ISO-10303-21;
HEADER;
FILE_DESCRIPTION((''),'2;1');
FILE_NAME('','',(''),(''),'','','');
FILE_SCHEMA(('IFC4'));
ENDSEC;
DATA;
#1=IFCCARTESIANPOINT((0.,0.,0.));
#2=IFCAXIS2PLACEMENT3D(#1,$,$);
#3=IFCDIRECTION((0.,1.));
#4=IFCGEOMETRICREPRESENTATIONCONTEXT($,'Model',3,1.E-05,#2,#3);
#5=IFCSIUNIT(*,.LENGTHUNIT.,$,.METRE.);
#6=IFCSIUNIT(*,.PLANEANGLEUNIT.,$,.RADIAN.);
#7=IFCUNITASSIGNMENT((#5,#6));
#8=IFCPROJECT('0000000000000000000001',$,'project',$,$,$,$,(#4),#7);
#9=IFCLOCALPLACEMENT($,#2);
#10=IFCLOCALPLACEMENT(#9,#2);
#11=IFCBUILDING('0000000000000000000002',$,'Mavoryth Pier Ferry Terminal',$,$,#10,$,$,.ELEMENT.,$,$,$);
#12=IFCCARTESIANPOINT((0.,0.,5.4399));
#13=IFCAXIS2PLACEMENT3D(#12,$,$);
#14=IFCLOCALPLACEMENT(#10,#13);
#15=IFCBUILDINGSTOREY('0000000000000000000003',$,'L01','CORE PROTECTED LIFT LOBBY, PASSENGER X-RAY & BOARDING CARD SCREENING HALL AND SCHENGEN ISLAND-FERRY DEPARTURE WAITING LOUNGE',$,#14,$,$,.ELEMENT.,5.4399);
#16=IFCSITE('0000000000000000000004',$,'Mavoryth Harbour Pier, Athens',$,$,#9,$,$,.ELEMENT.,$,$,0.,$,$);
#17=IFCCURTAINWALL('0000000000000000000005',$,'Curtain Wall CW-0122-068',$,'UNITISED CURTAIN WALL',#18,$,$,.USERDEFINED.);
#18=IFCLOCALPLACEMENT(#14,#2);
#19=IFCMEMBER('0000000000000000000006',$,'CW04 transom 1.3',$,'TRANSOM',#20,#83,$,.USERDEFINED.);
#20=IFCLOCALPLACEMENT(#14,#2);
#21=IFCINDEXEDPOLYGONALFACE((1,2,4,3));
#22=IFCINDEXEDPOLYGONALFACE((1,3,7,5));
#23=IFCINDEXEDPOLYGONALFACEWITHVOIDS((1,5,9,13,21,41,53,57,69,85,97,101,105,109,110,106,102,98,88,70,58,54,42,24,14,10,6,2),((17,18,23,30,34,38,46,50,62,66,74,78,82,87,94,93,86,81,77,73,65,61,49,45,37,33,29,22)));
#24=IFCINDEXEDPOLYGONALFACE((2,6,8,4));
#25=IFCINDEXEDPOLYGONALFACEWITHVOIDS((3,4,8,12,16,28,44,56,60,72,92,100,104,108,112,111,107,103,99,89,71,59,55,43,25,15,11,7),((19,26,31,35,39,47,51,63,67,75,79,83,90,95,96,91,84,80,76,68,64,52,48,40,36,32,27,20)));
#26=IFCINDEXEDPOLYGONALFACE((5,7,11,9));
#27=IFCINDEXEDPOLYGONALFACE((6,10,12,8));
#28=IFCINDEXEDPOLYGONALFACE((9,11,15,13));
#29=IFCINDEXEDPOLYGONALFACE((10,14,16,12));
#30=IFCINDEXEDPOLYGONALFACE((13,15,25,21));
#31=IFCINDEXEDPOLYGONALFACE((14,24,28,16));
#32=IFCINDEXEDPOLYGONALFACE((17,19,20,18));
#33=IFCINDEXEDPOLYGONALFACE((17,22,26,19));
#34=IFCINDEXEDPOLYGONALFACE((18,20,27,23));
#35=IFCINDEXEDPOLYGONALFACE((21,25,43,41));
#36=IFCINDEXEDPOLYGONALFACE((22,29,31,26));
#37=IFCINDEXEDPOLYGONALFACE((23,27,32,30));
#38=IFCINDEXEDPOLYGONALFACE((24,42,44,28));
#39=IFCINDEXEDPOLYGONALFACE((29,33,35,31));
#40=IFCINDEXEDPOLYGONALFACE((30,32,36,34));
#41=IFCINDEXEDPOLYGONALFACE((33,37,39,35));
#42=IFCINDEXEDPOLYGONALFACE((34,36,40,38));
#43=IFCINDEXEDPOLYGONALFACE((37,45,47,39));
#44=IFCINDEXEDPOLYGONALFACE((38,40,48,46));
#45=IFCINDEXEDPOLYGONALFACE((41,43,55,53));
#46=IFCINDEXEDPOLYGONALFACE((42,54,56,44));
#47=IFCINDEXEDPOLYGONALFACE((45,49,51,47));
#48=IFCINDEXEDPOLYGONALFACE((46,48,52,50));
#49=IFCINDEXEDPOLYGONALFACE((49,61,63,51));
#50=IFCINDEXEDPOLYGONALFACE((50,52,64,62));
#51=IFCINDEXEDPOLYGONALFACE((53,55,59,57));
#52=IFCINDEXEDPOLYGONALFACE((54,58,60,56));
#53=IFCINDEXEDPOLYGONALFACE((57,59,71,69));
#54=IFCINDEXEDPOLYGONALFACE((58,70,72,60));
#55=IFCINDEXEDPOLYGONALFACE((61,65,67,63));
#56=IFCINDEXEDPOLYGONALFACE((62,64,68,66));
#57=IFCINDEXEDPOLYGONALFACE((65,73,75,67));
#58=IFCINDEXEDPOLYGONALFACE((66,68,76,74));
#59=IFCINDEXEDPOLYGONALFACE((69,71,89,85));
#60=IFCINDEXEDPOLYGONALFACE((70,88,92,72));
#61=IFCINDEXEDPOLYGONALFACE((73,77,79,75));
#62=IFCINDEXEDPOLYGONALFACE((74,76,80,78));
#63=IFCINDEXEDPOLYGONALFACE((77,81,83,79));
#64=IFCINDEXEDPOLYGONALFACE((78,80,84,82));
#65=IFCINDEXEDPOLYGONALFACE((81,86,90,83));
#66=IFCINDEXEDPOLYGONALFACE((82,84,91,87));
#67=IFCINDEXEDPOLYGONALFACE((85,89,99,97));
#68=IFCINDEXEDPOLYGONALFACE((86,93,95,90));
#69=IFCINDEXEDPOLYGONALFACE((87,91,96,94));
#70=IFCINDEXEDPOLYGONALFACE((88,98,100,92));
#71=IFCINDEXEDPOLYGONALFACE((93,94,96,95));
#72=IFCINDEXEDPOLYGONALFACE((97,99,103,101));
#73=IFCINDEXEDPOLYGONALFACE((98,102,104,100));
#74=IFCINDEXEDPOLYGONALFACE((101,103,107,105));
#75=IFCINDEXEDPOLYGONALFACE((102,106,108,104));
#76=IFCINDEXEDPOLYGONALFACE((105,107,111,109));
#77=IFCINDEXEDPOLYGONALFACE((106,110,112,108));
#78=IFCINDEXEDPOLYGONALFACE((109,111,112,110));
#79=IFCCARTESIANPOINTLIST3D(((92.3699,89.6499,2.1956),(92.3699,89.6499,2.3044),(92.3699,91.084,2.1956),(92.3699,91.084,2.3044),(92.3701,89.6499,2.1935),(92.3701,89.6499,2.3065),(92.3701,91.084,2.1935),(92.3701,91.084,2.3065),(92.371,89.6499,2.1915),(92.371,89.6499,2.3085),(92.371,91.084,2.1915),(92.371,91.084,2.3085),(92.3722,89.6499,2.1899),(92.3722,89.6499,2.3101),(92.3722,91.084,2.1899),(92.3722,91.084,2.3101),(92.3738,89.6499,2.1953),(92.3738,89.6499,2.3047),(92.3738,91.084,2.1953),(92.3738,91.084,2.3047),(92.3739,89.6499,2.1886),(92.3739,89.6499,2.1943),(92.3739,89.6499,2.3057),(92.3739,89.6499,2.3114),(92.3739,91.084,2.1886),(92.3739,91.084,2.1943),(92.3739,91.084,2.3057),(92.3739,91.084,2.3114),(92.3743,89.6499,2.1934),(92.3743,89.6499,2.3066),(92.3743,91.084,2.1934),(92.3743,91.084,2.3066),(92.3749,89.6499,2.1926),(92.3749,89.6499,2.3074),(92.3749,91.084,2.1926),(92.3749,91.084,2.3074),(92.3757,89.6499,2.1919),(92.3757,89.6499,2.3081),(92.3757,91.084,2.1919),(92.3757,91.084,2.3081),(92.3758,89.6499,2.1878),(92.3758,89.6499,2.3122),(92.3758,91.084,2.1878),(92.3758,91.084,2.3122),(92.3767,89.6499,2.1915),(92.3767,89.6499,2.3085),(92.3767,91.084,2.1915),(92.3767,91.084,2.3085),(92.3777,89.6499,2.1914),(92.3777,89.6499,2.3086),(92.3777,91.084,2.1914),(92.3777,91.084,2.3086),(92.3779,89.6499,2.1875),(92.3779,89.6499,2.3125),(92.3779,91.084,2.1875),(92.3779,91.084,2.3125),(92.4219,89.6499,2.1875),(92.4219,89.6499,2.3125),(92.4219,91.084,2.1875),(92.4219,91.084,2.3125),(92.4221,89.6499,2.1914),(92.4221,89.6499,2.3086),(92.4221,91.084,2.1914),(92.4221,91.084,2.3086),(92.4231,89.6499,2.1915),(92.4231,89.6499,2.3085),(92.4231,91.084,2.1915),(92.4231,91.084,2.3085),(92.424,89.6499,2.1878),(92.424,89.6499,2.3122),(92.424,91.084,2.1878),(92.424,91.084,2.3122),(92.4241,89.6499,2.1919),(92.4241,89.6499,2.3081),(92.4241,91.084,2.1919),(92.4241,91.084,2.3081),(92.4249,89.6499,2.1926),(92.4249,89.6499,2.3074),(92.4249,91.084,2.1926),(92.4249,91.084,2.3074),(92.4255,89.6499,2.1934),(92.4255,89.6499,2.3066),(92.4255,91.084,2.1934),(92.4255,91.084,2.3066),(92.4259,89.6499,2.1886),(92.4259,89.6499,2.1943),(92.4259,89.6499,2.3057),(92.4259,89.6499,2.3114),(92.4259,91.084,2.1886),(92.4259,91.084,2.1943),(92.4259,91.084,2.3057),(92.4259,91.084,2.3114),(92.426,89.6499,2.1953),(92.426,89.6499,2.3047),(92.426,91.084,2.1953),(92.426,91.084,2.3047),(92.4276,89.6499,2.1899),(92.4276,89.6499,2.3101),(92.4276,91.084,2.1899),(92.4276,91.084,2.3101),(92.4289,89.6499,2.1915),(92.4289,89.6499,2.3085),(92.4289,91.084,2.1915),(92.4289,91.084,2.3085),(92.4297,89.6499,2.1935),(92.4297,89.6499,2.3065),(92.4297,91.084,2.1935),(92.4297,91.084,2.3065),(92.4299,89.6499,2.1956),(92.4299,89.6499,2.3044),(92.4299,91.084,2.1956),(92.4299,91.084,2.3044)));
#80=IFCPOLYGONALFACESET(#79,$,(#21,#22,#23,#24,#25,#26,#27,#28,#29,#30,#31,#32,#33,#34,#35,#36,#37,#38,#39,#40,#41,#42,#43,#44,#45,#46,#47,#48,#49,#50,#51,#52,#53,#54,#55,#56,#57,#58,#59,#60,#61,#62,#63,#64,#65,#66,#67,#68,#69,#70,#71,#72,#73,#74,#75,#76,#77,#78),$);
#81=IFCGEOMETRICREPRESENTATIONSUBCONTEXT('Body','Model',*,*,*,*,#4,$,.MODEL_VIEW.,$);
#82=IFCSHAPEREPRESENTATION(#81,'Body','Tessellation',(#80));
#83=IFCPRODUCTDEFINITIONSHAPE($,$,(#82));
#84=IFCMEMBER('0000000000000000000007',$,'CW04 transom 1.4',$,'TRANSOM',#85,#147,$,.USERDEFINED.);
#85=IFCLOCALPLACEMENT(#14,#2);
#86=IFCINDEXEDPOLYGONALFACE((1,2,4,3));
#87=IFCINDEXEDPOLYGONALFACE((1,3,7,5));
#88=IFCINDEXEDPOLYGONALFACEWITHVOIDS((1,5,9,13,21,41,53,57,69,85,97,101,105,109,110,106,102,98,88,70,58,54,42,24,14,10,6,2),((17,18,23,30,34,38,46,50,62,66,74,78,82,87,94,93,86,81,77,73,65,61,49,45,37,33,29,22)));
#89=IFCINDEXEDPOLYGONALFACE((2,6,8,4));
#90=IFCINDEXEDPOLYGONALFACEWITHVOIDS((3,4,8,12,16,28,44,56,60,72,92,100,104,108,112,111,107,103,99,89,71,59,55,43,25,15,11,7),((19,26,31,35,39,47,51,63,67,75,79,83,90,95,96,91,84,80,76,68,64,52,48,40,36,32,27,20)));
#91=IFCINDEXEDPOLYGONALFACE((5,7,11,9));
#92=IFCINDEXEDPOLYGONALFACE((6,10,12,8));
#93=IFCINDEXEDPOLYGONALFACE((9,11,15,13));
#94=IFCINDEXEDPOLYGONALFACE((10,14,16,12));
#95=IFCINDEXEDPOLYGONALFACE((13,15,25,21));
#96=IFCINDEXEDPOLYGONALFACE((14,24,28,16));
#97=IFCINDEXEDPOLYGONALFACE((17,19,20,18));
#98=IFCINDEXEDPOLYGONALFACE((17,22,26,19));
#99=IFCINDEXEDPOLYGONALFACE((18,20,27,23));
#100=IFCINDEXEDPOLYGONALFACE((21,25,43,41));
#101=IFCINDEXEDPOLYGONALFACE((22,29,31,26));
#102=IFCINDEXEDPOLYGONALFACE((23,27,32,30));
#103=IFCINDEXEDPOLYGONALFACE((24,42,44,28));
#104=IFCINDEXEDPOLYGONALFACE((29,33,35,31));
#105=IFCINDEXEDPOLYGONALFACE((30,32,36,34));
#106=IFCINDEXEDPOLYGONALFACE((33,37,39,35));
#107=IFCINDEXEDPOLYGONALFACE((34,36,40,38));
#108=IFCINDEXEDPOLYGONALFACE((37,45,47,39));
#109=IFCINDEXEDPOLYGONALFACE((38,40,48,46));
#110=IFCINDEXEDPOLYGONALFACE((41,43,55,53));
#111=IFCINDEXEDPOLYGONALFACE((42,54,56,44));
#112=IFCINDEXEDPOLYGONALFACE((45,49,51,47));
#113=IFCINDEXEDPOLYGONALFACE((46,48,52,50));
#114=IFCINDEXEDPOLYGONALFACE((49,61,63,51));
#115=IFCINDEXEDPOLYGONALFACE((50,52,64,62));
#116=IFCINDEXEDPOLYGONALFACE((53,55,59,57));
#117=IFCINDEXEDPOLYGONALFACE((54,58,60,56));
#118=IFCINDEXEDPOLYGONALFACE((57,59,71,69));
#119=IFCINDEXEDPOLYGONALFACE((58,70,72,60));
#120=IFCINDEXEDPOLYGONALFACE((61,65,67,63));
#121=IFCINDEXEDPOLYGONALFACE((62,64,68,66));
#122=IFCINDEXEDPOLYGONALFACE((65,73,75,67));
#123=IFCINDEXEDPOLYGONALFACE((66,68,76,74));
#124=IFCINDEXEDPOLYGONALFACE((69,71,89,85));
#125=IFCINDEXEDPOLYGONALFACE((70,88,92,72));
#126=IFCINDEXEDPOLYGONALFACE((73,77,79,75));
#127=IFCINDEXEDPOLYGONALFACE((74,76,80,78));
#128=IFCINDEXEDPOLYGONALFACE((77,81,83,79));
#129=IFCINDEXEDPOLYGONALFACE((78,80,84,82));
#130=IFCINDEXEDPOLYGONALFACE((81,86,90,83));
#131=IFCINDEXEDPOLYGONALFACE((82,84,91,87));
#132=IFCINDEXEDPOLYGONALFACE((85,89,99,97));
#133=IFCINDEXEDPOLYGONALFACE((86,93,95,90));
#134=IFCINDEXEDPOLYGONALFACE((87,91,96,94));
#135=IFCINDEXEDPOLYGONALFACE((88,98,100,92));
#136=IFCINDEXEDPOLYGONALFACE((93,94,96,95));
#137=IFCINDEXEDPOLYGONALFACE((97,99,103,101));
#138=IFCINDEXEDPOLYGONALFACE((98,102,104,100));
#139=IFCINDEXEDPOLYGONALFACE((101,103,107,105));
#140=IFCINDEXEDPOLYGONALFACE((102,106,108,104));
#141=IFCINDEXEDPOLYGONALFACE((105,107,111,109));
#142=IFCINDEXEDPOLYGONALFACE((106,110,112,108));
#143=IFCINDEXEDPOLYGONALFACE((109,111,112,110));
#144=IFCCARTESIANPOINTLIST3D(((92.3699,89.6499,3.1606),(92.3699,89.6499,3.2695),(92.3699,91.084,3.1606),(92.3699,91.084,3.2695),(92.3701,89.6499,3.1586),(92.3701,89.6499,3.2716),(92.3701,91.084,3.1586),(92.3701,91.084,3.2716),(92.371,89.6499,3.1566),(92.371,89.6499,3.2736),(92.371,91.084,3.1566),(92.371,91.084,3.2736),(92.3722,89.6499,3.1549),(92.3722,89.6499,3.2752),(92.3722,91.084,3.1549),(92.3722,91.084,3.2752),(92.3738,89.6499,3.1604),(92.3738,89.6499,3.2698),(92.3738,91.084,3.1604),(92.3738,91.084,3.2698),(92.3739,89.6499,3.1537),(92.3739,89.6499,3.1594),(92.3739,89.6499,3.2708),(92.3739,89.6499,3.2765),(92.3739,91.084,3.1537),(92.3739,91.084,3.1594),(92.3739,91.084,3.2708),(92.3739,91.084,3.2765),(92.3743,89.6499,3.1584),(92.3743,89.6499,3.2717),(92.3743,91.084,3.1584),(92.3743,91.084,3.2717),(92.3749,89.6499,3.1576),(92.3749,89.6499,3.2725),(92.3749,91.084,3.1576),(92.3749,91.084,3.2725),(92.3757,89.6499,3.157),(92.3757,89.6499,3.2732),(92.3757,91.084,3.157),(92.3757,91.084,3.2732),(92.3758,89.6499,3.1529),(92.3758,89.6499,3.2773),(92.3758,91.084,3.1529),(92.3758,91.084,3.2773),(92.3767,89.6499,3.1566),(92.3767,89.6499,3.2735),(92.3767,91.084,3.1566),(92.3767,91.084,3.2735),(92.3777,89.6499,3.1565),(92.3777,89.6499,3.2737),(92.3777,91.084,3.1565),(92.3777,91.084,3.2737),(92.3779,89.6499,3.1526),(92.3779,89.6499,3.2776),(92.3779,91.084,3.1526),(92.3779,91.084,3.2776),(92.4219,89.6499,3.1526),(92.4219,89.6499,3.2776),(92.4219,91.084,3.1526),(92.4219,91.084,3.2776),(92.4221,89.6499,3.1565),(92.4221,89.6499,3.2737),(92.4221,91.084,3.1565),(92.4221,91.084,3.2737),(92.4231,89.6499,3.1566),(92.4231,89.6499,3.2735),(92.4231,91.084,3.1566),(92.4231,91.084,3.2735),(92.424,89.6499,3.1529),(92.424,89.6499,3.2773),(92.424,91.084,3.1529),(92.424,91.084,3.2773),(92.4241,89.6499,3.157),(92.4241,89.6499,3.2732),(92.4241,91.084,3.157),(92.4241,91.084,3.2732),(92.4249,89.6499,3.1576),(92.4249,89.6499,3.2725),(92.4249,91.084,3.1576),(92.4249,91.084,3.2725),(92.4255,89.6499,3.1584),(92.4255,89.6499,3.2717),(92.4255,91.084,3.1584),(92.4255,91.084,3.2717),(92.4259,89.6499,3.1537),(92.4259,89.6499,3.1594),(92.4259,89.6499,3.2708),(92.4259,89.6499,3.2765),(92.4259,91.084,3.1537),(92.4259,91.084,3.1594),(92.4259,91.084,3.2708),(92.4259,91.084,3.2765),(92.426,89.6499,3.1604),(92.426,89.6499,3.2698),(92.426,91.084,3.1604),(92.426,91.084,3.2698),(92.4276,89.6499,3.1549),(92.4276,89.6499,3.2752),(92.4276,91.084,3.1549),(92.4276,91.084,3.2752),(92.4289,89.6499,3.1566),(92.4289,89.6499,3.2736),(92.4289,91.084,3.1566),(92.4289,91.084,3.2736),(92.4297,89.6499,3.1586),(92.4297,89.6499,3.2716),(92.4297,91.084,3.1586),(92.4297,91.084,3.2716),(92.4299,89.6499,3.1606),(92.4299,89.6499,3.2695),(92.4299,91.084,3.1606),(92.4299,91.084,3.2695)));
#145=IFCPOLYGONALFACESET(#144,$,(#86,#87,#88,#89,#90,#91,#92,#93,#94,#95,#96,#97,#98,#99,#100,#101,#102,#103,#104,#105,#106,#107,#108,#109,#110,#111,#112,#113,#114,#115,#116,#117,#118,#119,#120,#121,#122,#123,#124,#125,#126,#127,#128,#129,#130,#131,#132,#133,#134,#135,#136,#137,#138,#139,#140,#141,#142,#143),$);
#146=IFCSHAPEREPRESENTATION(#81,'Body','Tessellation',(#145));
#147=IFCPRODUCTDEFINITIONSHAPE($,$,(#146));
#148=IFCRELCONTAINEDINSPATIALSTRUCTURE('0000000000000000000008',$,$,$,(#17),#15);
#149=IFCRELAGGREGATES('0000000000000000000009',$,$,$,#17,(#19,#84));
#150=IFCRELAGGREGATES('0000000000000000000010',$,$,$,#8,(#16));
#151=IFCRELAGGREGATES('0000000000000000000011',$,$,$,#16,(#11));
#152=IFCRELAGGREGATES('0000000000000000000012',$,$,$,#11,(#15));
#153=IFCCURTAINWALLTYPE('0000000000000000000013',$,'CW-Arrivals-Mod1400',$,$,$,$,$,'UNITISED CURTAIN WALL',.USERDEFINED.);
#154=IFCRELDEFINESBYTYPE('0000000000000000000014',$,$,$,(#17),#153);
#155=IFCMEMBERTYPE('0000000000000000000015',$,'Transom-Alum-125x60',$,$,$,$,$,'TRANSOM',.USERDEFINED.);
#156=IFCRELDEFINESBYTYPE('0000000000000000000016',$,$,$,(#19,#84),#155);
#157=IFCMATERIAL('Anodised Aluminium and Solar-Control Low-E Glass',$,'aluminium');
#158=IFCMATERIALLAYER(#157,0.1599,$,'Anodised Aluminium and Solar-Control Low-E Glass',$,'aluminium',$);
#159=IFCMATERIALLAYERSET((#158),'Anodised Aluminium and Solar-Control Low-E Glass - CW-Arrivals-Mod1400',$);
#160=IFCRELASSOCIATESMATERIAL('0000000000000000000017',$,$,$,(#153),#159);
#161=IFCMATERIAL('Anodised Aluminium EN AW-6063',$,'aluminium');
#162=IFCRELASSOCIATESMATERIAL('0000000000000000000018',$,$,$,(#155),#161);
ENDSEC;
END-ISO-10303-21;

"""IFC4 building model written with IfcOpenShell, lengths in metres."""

from ifc_helpers import new_model, si_unit, direction, frame, origin, origin_2d, place, context, subcontext, project, spatial, hollow_rectangle, extrude, material, layer, layer_set, material_profile, profile_set, type_object, element, aggregate, save


model = new_model("IFC4")

# Units and contexts
model_context = context("Model", 3, precision=1e-05, world=origin(), true_north=direction((0.0, 1.0)))
body_context = subcontext(model_context, "Body", "Model", "MODEL_VIEW")
ifc_project = project(units=[si_unit("LENGTHUNIT", "METRE"), si_unit("PLANEANGLEUNIT", "RADIAN")], contexts=[model_context])

# Site, building, storey
site_placement = place(None, origin())
site = spatial("IfcSite", under=ifc_project, at=site_placement, Name="Mavoryth Harbour Pier, Athens", CompositionType="ELEMENT", RefElevation=0.0)
building_placement = place(site_placement, origin())
building = spatial("IfcBuilding", under=site, at=building_placement, Name="Mavoryth Pier Ferry Terminal", CompositionType="ELEMENT")
storey_placement = place(building_placement, frame((0.0, 0.0, 5.4399)))
storey = spatial("IfcBuildingStorey", under=building, at=storey_placement, Name="L01", Description="CORE PROTECTED LIFT LOBBY, PASSENGER X-RAY & BOARDING CARD SCREENING HALL AND SCHENGEN ISLAND-FERRY DEPARTURE WAITING LOUNGE", CompositionType="ELEMENT", Elevation=5.4399)

# Curtain wall, members
ifc_material_1 = material(Name="Anodised Aluminium and Solar-Control Low-E Glass", Category="aluminium")
ifc_layer_1 = layer(ifc_material_1, 0.1599, Name="Anodised Aluminium and Solar-Control Low-E Glass", Category="aluminium")
ifc_layer_set_1 = layer_set([ifc_layer_1], Name="Anodised Aluminium and Solar-Control Low-E Glass - CW-Arrivals-Mod1400")
curtain_wall_type = type_object("IfcCurtainWallType", Name="CW-Arrivals-Mod1400", ElementType="UNITISED CURTAIN WALL", PredefinedType="USERDEFINED", material=ifc_layer_set_1)
curtain_wall_placement = place(storey_placement, origin())
curtain_wall = element("IfcCurtainWall", 1, at=curtain_wall_placement, inside=storey, type_object=curtain_wall_type, Name="Curtain Wall CW-0122-068", ObjectType="UNITISED CURTAIN WALL", PredefinedType="USERDEFINED")
ifc_material_2 = material(Name="Anodised Aluminium EN AW-6063", Category="aluminium")
ifc_material_profile_1 = material_profile(ifc_material_2, hollow_rectangle(XDim=0.0601, YDim=0.125, WallThickness=0.0039, InnerFilletRadius=0.0039, OuterFilletRadius=0.0081, at=origin_2d()), Name="AL-TRAN 125x60x4", Category="aluminium")
ifc_profile_set_1 = profile_set([ifc_material_profile_1], Name="Anodised Aluminium EN AW-6063 - AL-TRAN 125x60x4")
member_type_1 = type_object("IfcMemberType", Name="Transom-Alum-125x60", ElementType="TRANSOM", PredefinedType="USERDEFINED", material=ifc_profile_set_1)
member_1_placement = place(storey_placement, frame((92.3999, 89.6499, 2.25), z_axis=(0.0, 1.0, 0.0), x_axis=(-1.0, 0.0, 0.0)))
member_1 = element("IfcMember", 2, at=member_1_placement, type_object=member_type_1, Name="CW04 transom 1.3", ObjectType="TRANSOM", PredefinedType="USERDEFINED", context=body_context, shape_type="SweptSolid", body=[
    extrude(hollow_rectangle(XDim=0.0601, YDim=0.125, WallThickness=0.0039, InnerFilletRadius=0.0039, OuterFilletRadius=0.0081, at=origin_2d()), origin(), (0.0, 0.0, 1.0), 1.4341),
])
member_2_placement = place(storey_placement, frame((92.3999, 89.6499, 3.2151), z_axis=(0.0, 1.0, 0.0), x_axis=(-1.0, 0.0, 0.0)))
member_2 = element("IfcMember", 3, at=member_2_placement, type_object=member_type_1, Name="CW04 transom 1.4", ObjectType="TRANSOM", PredefinedType="USERDEFINED", context=body_context, shape_type="SweptSolid", body=[
    extrude(hollow_rectangle(XDim=0.0601, YDim=0.125, WallThickness=0.0039, InnerFilletRadius=0.0039, OuterFilletRadius=0.0081, at=origin_2d()), origin(), (0.0, 0.0, 1.0), 1.4341),
])
aggregate(curtain_wall, [member_1, member_2])

save(model, "model.ifc")
